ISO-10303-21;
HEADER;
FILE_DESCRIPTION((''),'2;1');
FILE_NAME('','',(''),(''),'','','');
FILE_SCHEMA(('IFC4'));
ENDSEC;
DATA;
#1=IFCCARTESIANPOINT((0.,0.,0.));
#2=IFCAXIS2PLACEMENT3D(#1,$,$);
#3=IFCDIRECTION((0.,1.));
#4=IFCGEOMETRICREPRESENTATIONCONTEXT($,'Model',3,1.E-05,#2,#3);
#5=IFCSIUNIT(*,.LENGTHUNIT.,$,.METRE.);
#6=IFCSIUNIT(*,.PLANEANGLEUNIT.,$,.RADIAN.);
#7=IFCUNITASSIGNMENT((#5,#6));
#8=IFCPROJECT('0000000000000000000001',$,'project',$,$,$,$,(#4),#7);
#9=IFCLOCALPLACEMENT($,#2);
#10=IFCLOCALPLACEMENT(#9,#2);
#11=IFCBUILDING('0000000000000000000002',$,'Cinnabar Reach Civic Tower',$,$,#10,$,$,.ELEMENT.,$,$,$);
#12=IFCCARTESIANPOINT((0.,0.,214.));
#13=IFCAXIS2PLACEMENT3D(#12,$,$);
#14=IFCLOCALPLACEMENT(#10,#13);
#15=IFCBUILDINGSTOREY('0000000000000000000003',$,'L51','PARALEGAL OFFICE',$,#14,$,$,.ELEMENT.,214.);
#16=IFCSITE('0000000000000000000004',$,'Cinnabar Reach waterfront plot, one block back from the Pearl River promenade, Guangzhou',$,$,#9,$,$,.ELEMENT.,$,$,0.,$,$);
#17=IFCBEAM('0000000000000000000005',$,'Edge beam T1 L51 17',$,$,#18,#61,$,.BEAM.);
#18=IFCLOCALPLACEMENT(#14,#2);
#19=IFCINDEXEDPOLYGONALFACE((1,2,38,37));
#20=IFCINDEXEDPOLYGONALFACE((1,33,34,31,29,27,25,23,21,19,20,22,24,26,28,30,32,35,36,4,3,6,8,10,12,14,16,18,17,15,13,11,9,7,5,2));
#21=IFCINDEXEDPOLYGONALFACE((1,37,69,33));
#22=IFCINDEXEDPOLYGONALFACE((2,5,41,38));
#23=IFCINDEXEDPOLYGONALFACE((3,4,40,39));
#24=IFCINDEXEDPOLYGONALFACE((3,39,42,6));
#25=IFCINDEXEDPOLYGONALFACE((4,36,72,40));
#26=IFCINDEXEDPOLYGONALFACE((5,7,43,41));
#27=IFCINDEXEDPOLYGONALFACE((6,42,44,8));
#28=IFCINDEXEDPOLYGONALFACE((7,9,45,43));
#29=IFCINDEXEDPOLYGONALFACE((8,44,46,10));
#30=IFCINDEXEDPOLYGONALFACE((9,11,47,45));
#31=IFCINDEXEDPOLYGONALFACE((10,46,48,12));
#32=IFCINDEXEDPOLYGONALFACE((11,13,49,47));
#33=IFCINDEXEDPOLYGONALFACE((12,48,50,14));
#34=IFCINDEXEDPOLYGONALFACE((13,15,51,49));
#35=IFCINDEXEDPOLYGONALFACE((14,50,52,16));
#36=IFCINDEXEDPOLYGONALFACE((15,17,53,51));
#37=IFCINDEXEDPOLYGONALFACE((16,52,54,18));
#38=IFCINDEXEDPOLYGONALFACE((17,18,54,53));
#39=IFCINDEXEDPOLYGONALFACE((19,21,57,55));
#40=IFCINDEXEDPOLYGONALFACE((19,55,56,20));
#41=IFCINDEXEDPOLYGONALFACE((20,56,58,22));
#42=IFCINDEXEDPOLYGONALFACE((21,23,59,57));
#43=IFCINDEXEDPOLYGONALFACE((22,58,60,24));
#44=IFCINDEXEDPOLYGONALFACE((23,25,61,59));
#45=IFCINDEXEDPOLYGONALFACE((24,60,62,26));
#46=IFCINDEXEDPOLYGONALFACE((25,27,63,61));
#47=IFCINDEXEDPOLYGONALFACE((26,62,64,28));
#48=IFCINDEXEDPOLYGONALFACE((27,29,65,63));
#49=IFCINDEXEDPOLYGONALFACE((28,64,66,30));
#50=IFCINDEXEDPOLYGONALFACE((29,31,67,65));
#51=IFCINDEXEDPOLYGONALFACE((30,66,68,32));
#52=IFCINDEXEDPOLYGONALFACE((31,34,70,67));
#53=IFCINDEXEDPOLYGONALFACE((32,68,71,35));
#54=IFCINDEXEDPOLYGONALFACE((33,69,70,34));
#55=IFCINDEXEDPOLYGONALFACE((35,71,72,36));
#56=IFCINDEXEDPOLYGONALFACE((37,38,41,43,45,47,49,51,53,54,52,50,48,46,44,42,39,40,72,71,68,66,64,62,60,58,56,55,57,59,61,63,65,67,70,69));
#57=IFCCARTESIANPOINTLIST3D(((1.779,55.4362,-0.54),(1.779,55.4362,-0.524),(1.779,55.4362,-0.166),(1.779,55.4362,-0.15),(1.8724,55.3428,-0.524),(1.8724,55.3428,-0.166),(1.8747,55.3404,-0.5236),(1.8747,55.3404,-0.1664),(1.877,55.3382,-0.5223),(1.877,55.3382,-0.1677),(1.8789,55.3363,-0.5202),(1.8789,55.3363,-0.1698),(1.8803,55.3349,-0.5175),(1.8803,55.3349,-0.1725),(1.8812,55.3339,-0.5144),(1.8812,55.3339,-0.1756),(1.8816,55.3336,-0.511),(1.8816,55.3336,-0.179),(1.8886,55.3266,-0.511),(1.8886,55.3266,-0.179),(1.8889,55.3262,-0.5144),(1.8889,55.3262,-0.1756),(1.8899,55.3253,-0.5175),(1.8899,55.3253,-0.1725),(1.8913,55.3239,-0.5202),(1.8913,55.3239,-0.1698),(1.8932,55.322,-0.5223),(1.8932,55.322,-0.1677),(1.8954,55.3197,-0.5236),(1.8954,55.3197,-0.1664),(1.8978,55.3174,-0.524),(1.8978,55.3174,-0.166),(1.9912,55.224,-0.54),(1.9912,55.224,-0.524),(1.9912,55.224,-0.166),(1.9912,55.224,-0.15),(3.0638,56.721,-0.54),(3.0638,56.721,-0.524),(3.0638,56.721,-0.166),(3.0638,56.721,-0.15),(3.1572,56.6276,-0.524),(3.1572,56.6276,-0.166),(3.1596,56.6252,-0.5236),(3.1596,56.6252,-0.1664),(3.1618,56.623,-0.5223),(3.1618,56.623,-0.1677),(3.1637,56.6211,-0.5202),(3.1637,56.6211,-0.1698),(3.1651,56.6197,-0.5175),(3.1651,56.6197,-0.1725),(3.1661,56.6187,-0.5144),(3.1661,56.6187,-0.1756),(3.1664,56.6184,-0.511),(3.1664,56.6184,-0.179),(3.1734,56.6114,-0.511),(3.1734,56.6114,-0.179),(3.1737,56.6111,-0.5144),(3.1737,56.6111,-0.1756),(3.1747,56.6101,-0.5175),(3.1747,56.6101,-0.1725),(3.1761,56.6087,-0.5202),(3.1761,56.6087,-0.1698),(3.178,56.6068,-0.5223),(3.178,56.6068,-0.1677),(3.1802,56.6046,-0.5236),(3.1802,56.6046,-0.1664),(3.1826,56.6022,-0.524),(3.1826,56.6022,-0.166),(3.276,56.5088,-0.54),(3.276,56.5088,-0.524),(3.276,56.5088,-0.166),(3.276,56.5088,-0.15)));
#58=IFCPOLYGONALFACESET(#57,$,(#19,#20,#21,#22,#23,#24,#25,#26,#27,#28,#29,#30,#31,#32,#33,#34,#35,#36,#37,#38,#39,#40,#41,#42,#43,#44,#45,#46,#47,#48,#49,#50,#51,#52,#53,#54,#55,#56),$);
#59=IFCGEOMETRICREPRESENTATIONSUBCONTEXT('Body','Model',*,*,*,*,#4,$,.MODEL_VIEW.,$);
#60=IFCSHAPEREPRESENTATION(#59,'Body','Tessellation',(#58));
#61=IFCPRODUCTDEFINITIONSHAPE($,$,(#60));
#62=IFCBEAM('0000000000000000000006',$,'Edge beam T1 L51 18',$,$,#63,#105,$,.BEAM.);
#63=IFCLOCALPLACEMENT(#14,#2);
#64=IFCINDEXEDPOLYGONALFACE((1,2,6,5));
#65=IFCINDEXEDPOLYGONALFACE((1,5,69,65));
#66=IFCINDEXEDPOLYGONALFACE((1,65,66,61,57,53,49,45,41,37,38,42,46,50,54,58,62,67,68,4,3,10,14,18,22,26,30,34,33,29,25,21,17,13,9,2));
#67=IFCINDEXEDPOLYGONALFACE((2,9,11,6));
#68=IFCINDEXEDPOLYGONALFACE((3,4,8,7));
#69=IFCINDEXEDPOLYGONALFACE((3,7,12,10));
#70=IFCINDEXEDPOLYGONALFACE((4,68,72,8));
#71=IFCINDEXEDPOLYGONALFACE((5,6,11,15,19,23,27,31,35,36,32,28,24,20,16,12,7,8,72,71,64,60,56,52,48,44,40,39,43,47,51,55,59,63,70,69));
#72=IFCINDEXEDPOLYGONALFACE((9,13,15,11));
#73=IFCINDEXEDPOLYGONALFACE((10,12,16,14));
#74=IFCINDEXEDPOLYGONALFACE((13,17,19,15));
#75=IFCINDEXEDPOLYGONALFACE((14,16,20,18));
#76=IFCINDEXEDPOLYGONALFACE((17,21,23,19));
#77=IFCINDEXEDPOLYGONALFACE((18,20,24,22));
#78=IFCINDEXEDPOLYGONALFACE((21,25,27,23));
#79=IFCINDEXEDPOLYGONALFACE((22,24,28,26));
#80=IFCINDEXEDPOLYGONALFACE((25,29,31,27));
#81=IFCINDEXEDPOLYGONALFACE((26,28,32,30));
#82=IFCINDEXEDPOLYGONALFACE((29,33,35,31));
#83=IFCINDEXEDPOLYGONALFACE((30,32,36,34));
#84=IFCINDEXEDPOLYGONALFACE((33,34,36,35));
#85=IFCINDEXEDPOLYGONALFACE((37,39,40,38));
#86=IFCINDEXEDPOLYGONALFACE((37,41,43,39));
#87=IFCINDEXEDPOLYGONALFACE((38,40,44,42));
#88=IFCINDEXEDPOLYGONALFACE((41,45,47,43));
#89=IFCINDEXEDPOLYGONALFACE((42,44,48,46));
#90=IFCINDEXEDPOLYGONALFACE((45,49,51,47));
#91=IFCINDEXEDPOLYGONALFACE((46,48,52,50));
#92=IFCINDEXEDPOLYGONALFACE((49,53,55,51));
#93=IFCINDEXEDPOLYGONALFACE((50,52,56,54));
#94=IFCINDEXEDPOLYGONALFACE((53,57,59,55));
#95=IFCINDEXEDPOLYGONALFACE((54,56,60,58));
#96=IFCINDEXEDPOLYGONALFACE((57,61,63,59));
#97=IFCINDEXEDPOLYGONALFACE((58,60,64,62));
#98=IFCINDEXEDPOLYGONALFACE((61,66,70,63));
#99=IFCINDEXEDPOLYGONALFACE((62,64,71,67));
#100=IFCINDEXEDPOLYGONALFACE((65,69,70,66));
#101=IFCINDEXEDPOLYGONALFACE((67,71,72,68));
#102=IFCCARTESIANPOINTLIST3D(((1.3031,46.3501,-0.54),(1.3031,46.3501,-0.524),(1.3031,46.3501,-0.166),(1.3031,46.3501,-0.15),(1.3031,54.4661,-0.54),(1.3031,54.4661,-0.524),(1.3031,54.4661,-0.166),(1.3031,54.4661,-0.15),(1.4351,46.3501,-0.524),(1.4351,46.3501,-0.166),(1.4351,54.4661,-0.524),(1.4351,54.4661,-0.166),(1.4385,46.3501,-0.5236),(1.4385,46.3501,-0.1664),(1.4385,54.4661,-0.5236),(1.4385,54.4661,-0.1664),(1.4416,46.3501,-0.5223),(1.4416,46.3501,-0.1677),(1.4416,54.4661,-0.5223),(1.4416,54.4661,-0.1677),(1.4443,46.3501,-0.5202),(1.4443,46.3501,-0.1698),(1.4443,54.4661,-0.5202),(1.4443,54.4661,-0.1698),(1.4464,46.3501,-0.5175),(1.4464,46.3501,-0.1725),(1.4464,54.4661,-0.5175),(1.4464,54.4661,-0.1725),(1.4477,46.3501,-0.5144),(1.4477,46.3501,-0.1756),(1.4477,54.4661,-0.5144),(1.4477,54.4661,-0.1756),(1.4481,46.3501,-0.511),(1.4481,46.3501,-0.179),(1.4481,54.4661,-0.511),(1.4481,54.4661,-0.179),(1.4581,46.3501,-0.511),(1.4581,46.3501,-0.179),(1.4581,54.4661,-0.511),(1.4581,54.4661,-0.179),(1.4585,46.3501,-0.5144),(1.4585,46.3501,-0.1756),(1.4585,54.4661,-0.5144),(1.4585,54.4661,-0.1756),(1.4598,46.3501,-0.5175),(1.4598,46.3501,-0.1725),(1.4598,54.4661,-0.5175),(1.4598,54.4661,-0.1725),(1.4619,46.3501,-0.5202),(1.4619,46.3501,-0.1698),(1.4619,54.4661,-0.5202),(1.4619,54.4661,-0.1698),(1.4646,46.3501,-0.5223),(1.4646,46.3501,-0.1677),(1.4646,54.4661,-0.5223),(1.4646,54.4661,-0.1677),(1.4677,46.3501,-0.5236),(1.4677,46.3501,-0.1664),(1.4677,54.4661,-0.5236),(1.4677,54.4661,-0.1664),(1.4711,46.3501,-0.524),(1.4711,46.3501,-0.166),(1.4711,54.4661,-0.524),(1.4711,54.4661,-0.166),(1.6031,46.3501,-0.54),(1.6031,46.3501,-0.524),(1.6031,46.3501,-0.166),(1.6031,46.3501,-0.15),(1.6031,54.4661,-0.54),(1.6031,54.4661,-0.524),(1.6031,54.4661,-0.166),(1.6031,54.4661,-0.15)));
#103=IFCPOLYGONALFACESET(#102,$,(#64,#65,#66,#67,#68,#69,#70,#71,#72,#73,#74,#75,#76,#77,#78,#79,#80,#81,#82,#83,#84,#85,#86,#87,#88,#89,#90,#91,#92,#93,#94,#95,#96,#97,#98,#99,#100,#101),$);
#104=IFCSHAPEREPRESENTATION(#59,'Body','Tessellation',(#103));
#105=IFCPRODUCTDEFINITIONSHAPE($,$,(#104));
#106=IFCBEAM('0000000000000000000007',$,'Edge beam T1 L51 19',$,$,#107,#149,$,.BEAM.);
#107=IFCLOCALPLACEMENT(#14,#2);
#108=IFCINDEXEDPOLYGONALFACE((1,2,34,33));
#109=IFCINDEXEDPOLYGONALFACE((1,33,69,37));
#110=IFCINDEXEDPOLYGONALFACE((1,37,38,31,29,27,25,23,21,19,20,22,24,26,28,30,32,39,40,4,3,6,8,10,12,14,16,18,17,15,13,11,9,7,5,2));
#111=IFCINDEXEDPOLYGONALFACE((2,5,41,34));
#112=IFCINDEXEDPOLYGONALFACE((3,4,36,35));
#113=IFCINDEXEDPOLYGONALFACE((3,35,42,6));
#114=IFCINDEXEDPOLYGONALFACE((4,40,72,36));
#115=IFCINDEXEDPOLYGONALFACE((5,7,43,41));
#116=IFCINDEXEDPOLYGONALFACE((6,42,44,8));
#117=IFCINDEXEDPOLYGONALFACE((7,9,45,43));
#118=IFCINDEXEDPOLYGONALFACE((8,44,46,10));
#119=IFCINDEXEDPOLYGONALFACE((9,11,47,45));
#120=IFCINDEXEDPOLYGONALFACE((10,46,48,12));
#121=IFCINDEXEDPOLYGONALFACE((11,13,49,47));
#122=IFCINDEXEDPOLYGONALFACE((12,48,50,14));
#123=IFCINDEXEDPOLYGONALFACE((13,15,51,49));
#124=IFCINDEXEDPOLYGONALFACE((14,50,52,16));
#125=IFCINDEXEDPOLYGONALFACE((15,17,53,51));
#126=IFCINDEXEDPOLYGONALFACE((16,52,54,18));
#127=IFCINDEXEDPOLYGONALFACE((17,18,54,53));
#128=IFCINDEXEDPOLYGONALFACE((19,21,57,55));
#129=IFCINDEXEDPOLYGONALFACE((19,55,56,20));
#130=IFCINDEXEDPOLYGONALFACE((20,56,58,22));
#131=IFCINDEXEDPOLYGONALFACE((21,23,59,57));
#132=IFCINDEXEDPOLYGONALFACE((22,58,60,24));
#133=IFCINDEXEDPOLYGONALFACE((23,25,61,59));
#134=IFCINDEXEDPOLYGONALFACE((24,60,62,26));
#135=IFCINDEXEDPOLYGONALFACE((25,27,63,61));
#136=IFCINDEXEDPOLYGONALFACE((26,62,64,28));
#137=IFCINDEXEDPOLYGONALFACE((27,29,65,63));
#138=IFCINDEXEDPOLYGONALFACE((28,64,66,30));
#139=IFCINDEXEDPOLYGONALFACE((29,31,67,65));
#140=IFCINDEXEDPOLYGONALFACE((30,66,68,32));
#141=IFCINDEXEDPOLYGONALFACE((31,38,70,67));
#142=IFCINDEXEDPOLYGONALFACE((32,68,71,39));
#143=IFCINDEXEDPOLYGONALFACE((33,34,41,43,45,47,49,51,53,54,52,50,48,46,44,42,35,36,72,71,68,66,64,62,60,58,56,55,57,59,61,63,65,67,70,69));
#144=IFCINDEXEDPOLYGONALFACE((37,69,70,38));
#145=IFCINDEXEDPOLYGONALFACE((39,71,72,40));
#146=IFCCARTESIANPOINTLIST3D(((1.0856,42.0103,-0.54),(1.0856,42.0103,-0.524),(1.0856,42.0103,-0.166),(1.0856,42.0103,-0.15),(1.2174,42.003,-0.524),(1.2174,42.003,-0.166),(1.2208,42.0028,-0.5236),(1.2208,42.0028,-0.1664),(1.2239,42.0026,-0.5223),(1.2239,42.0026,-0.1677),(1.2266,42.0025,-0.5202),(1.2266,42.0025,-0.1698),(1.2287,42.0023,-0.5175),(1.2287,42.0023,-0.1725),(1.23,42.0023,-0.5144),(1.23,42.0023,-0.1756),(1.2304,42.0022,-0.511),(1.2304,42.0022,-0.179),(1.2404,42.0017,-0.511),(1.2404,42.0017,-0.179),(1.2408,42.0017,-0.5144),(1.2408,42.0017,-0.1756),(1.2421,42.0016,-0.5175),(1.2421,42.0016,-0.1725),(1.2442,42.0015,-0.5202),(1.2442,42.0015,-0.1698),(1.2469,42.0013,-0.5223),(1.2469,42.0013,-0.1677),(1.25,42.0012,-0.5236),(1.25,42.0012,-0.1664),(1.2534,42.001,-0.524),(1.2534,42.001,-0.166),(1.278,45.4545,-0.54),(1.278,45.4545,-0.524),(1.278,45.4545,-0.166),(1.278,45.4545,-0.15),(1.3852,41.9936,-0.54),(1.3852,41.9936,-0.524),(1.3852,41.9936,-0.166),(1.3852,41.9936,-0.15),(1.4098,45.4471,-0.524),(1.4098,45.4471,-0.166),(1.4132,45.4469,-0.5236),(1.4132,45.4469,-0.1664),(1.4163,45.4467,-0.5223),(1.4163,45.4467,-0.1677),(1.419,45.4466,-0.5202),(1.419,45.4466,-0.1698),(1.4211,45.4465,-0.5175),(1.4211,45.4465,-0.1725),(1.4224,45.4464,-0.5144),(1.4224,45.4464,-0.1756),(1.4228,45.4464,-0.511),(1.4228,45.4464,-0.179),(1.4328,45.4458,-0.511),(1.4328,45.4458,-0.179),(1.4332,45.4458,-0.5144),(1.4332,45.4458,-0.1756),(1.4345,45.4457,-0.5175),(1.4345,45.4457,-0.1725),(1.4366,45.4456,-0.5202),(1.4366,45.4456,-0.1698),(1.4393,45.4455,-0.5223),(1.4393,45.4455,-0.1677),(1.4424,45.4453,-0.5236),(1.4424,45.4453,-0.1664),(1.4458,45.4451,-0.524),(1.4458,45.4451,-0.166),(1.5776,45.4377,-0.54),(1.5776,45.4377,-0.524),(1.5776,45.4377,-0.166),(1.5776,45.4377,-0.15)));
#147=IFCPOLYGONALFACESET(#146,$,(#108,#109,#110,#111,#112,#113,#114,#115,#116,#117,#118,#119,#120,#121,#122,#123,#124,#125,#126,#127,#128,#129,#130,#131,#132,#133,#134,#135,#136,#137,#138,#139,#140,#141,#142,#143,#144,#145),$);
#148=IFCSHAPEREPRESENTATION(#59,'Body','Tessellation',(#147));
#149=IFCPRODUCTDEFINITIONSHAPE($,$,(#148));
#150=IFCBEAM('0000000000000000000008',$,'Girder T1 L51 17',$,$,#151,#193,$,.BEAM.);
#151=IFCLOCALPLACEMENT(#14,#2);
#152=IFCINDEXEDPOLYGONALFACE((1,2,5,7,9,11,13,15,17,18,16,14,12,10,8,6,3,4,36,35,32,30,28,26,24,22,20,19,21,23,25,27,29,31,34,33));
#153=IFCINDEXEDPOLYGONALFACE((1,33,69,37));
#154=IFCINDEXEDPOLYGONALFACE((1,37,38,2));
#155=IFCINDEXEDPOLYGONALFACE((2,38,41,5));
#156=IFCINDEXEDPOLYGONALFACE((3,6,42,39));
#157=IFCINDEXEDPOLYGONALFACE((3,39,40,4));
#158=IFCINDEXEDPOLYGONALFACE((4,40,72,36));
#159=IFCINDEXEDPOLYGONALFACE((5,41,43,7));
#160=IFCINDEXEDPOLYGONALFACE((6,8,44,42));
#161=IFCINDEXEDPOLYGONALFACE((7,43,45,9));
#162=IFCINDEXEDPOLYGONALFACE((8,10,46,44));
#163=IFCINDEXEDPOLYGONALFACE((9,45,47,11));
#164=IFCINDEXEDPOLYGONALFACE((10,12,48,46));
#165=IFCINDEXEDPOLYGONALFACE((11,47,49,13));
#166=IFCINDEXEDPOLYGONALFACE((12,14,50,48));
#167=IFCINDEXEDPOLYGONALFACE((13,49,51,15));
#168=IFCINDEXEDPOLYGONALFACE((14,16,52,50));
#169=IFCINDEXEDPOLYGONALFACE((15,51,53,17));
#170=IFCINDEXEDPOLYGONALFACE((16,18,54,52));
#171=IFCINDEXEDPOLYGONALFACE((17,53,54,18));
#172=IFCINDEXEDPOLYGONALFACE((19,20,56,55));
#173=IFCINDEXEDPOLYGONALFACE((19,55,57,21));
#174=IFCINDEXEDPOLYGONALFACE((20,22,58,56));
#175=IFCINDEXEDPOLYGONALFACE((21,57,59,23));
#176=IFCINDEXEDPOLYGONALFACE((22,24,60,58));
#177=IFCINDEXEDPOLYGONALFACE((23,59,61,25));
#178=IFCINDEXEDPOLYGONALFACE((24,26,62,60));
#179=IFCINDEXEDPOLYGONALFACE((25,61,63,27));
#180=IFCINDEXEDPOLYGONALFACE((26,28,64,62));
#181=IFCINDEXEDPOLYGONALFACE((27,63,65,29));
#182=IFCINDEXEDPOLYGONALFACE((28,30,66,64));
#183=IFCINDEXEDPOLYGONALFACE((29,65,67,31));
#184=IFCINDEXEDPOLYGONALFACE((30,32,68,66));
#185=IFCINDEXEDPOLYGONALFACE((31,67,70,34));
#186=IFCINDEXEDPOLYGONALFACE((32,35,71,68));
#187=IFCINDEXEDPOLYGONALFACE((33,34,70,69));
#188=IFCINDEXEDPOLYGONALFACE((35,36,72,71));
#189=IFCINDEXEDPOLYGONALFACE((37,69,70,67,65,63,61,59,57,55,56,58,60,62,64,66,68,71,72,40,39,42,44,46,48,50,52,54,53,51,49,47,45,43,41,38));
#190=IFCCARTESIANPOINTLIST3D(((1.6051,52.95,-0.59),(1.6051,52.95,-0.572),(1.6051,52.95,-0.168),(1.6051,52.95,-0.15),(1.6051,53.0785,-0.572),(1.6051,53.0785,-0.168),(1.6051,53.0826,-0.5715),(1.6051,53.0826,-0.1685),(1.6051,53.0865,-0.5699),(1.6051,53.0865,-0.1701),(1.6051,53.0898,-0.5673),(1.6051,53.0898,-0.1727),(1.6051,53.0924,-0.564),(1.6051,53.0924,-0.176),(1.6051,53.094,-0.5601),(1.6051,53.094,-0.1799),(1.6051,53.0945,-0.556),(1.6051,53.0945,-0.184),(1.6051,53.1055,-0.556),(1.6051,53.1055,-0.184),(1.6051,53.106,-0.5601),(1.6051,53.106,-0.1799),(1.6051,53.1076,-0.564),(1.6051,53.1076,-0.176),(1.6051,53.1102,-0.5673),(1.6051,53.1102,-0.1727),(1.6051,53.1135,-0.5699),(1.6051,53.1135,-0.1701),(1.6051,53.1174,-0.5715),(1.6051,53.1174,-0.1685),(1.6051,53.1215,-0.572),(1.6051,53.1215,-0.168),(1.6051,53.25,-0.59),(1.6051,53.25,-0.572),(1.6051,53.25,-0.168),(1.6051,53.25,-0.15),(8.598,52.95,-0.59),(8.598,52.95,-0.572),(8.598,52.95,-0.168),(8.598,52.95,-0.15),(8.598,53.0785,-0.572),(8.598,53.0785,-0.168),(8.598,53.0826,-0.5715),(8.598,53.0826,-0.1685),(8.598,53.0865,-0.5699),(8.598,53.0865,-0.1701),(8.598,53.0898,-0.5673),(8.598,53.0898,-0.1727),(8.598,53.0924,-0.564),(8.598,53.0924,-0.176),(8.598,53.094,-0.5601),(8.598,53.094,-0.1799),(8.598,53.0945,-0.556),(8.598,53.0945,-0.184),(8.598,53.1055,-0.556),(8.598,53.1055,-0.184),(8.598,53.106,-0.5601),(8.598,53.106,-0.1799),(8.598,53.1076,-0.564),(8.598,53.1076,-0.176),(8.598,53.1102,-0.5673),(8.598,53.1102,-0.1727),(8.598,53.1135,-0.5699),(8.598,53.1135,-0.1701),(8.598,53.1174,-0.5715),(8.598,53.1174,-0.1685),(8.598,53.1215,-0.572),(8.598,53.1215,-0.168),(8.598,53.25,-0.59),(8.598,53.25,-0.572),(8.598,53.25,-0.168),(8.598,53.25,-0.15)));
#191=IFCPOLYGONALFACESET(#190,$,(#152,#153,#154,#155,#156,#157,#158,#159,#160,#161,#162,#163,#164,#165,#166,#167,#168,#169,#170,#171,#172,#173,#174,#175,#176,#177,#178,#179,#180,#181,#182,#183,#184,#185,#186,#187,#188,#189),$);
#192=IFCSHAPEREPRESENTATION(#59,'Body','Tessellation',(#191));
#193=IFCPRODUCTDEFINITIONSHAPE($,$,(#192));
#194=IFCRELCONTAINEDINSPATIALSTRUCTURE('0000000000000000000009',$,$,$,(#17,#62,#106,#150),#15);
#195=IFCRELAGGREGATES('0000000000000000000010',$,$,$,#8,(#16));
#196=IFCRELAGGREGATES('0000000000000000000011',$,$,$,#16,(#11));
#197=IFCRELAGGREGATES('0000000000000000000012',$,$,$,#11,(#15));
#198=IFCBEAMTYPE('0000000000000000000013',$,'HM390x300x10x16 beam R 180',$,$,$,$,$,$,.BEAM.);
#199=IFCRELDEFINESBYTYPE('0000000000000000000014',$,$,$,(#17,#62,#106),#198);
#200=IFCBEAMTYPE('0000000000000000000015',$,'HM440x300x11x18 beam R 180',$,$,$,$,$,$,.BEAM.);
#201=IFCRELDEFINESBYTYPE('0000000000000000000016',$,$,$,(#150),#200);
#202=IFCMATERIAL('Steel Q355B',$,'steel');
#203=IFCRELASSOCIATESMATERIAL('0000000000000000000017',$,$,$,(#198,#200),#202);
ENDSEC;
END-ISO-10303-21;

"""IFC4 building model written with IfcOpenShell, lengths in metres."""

from ifc_helpers import new_model, si_unit, direction, frame, origin, origin_2d, place, context, subcontext, project, spatial, i_section, extrude, material, material_profile, profile_set, type_object, element, save


model = new_model("IFC4")

# Units and contexts
model_context = context("Model", 3, precision=1e-05, world=origin(), true_north=direction((0.0, 1.0)))
body_context = subcontext(model_context, "Body", "Model", "MODEL_VIEW")
ifc_project = project(units=[si_unit("LENGTHUNIT", "METRE"), si_unit("PLANEANGLEUNIT", "RADIAN")], contexts=[model_context])

# Site, building, storey
site_placement = place(None, origin())
site = spatial("IfcSite", under=ifc_project, at=site_placement, Name="Cinnabar Reach waterfront plot, one block back from the Pearl River promenade, Guangzhou", CompositionType="ELEMENT", RefElevation=0.0)
building_placement = place(site_placement, origin())
building = spatial("IfcBuilding", under=site, at=building_placement, Name="Cinnabar Reach Civic Tower", CompositionType="ELEMENT")
storey_placement = place(building_placement, frame((0.0, 0.0, 214.0)))
storey = spatial("IfcBuildingStorey", under=building, at=storey_placement, Name="L51", Description="PARALEGAL OFFICE", CompositionType="ELEMENT", Elevation=214.0)

# Beams
ifc_material_1 = material(Name="Steel Q355B", Category="steel")
ifc_material_profile_1 = material_profile(ifc_material_1, i_section(OverallWidth=0.3, OverallDepth=0.39, WebThickness=0.01, FlangeThickness=0.016, FilletRadius=0.013, at=origin_2d()), Name="HM390x300x10x16")
ifc_profile_set_1 = profile_set([ifc_material_profile_1], Name="Steel Q355B")
beam_type_1 = type_object("IfcBeamType", Name="HM390x300x10x16 beam R 180", PredefinedType="BEAM", material=ifc_profile_set_1)
beam_1_placement = place(storey_placement, frame((3.1699, 56.6149, -0.345), z_axis=(-0.707107, -0.707107, 0.0), x_axis=(0.707107, -0.707107, 0.0)))
element("IfcBeam", 1, at=beam_1_placement, inside=storey, type_object=beam_type_1, Name="Edge beam T1 L51 17", PredefinedType="BEAM", context=body_context, shape_type="SweptSolid", body=[
    extrude(i_section(OverallWidth=0.3, OverallDepth=0.39, WebThickness=0.01, FlangeThickness=0.016, FilletRadius=0.013, at=origin_2d()), origin(), (0.0, 0.0, 1.0), 1.817),
])
beam_2_placement = place(storey_placement, frame((1.4531, 54.4661, -0.345), z_axis=(0.0, -1.0, 0.0), x_axis=(1.0, 0.0, 0.0)))
element("IfcBeam", 2, at=beam_2_placement, inside=storey, type_object=beam_type_1, Name="Edge beam T1 L51 18", PredefinedType="BEAM", context=body_context, shape_type="SweptSolid", body=[
    extrude(i_section(OverallWidth=0.3, OverallDepth=0.39, WebThickness=0.01, FlangeThickness=0.016, FilletRadius=0.013, at=origin_2d()), origin(), (0.0, 0.0, 1.0), 8.116),
])
beam_3_placement = place(storey_placement, frame((1.4278, 45.4461, -0.345), z_axis=(-0.055777, -0.998443, 0.0), x_axis=(0.998443, -0.055777, 0.0)))
element("IfcBeam", 3, at=beam_3_placement, inside=storey, type_object=beam_type_1, Name="Edge beam T1 L51 19", PredefinedType="BEAM", context=body_context, shape_type="SweptSolid", body=[
    extrude(i_section(OverallWidth=0.3, OverallDepth=0.39, WebThickness=0.01, FlangeThickness=0.016, FilletRadius=0.013, at=origin_2d()), origin(), (0.0, 0.0, 1.0), 3.4495),
])
ifc_material_profile_2 = material_profile(ifc_material_1, i_section(OverallWidth=0.3, OverallDepth=0.44, WebThickness=0.011, FlangeThickness=0.018, FilletRadius=0.016, at=origin_2d()), Name="HM440x300x11x18")
ifc_profile_set_2 = profile_set([ifc_material_profile_2], Name="Steel Q355B")
beam_type_2 = type_object("IfcBeamType", Name="HM440x300x11x18 beam R 180", PredefinedType="BEAM", material=ifc_profile_set_2)
beam_4_placement = place(storey_placement, frame((1.6051, 53.1, -0.37), z_axis=(1.0, 0.0, 0.0), x_axis=(0.0, 1.0, 0.0)))
element("IfcBeam", 4, at=beam_4_placement, inside=storey, type_object=beam_type_2, Name="Girder T1 L51 17", PredefinedType="BEAM", context=body_context, shape_type="SweptSolid", body=[
    extrude(i_section(OverallWidth=0.3, OverallDepth=0.44, WebThickness=0.011, FlangeThickness=0.018, FilletRadius=0.016, at=origin_2d()), origin(), (0.0, 0.0, 1.0), 6.9929),
])

save(model, "model.ifc")
